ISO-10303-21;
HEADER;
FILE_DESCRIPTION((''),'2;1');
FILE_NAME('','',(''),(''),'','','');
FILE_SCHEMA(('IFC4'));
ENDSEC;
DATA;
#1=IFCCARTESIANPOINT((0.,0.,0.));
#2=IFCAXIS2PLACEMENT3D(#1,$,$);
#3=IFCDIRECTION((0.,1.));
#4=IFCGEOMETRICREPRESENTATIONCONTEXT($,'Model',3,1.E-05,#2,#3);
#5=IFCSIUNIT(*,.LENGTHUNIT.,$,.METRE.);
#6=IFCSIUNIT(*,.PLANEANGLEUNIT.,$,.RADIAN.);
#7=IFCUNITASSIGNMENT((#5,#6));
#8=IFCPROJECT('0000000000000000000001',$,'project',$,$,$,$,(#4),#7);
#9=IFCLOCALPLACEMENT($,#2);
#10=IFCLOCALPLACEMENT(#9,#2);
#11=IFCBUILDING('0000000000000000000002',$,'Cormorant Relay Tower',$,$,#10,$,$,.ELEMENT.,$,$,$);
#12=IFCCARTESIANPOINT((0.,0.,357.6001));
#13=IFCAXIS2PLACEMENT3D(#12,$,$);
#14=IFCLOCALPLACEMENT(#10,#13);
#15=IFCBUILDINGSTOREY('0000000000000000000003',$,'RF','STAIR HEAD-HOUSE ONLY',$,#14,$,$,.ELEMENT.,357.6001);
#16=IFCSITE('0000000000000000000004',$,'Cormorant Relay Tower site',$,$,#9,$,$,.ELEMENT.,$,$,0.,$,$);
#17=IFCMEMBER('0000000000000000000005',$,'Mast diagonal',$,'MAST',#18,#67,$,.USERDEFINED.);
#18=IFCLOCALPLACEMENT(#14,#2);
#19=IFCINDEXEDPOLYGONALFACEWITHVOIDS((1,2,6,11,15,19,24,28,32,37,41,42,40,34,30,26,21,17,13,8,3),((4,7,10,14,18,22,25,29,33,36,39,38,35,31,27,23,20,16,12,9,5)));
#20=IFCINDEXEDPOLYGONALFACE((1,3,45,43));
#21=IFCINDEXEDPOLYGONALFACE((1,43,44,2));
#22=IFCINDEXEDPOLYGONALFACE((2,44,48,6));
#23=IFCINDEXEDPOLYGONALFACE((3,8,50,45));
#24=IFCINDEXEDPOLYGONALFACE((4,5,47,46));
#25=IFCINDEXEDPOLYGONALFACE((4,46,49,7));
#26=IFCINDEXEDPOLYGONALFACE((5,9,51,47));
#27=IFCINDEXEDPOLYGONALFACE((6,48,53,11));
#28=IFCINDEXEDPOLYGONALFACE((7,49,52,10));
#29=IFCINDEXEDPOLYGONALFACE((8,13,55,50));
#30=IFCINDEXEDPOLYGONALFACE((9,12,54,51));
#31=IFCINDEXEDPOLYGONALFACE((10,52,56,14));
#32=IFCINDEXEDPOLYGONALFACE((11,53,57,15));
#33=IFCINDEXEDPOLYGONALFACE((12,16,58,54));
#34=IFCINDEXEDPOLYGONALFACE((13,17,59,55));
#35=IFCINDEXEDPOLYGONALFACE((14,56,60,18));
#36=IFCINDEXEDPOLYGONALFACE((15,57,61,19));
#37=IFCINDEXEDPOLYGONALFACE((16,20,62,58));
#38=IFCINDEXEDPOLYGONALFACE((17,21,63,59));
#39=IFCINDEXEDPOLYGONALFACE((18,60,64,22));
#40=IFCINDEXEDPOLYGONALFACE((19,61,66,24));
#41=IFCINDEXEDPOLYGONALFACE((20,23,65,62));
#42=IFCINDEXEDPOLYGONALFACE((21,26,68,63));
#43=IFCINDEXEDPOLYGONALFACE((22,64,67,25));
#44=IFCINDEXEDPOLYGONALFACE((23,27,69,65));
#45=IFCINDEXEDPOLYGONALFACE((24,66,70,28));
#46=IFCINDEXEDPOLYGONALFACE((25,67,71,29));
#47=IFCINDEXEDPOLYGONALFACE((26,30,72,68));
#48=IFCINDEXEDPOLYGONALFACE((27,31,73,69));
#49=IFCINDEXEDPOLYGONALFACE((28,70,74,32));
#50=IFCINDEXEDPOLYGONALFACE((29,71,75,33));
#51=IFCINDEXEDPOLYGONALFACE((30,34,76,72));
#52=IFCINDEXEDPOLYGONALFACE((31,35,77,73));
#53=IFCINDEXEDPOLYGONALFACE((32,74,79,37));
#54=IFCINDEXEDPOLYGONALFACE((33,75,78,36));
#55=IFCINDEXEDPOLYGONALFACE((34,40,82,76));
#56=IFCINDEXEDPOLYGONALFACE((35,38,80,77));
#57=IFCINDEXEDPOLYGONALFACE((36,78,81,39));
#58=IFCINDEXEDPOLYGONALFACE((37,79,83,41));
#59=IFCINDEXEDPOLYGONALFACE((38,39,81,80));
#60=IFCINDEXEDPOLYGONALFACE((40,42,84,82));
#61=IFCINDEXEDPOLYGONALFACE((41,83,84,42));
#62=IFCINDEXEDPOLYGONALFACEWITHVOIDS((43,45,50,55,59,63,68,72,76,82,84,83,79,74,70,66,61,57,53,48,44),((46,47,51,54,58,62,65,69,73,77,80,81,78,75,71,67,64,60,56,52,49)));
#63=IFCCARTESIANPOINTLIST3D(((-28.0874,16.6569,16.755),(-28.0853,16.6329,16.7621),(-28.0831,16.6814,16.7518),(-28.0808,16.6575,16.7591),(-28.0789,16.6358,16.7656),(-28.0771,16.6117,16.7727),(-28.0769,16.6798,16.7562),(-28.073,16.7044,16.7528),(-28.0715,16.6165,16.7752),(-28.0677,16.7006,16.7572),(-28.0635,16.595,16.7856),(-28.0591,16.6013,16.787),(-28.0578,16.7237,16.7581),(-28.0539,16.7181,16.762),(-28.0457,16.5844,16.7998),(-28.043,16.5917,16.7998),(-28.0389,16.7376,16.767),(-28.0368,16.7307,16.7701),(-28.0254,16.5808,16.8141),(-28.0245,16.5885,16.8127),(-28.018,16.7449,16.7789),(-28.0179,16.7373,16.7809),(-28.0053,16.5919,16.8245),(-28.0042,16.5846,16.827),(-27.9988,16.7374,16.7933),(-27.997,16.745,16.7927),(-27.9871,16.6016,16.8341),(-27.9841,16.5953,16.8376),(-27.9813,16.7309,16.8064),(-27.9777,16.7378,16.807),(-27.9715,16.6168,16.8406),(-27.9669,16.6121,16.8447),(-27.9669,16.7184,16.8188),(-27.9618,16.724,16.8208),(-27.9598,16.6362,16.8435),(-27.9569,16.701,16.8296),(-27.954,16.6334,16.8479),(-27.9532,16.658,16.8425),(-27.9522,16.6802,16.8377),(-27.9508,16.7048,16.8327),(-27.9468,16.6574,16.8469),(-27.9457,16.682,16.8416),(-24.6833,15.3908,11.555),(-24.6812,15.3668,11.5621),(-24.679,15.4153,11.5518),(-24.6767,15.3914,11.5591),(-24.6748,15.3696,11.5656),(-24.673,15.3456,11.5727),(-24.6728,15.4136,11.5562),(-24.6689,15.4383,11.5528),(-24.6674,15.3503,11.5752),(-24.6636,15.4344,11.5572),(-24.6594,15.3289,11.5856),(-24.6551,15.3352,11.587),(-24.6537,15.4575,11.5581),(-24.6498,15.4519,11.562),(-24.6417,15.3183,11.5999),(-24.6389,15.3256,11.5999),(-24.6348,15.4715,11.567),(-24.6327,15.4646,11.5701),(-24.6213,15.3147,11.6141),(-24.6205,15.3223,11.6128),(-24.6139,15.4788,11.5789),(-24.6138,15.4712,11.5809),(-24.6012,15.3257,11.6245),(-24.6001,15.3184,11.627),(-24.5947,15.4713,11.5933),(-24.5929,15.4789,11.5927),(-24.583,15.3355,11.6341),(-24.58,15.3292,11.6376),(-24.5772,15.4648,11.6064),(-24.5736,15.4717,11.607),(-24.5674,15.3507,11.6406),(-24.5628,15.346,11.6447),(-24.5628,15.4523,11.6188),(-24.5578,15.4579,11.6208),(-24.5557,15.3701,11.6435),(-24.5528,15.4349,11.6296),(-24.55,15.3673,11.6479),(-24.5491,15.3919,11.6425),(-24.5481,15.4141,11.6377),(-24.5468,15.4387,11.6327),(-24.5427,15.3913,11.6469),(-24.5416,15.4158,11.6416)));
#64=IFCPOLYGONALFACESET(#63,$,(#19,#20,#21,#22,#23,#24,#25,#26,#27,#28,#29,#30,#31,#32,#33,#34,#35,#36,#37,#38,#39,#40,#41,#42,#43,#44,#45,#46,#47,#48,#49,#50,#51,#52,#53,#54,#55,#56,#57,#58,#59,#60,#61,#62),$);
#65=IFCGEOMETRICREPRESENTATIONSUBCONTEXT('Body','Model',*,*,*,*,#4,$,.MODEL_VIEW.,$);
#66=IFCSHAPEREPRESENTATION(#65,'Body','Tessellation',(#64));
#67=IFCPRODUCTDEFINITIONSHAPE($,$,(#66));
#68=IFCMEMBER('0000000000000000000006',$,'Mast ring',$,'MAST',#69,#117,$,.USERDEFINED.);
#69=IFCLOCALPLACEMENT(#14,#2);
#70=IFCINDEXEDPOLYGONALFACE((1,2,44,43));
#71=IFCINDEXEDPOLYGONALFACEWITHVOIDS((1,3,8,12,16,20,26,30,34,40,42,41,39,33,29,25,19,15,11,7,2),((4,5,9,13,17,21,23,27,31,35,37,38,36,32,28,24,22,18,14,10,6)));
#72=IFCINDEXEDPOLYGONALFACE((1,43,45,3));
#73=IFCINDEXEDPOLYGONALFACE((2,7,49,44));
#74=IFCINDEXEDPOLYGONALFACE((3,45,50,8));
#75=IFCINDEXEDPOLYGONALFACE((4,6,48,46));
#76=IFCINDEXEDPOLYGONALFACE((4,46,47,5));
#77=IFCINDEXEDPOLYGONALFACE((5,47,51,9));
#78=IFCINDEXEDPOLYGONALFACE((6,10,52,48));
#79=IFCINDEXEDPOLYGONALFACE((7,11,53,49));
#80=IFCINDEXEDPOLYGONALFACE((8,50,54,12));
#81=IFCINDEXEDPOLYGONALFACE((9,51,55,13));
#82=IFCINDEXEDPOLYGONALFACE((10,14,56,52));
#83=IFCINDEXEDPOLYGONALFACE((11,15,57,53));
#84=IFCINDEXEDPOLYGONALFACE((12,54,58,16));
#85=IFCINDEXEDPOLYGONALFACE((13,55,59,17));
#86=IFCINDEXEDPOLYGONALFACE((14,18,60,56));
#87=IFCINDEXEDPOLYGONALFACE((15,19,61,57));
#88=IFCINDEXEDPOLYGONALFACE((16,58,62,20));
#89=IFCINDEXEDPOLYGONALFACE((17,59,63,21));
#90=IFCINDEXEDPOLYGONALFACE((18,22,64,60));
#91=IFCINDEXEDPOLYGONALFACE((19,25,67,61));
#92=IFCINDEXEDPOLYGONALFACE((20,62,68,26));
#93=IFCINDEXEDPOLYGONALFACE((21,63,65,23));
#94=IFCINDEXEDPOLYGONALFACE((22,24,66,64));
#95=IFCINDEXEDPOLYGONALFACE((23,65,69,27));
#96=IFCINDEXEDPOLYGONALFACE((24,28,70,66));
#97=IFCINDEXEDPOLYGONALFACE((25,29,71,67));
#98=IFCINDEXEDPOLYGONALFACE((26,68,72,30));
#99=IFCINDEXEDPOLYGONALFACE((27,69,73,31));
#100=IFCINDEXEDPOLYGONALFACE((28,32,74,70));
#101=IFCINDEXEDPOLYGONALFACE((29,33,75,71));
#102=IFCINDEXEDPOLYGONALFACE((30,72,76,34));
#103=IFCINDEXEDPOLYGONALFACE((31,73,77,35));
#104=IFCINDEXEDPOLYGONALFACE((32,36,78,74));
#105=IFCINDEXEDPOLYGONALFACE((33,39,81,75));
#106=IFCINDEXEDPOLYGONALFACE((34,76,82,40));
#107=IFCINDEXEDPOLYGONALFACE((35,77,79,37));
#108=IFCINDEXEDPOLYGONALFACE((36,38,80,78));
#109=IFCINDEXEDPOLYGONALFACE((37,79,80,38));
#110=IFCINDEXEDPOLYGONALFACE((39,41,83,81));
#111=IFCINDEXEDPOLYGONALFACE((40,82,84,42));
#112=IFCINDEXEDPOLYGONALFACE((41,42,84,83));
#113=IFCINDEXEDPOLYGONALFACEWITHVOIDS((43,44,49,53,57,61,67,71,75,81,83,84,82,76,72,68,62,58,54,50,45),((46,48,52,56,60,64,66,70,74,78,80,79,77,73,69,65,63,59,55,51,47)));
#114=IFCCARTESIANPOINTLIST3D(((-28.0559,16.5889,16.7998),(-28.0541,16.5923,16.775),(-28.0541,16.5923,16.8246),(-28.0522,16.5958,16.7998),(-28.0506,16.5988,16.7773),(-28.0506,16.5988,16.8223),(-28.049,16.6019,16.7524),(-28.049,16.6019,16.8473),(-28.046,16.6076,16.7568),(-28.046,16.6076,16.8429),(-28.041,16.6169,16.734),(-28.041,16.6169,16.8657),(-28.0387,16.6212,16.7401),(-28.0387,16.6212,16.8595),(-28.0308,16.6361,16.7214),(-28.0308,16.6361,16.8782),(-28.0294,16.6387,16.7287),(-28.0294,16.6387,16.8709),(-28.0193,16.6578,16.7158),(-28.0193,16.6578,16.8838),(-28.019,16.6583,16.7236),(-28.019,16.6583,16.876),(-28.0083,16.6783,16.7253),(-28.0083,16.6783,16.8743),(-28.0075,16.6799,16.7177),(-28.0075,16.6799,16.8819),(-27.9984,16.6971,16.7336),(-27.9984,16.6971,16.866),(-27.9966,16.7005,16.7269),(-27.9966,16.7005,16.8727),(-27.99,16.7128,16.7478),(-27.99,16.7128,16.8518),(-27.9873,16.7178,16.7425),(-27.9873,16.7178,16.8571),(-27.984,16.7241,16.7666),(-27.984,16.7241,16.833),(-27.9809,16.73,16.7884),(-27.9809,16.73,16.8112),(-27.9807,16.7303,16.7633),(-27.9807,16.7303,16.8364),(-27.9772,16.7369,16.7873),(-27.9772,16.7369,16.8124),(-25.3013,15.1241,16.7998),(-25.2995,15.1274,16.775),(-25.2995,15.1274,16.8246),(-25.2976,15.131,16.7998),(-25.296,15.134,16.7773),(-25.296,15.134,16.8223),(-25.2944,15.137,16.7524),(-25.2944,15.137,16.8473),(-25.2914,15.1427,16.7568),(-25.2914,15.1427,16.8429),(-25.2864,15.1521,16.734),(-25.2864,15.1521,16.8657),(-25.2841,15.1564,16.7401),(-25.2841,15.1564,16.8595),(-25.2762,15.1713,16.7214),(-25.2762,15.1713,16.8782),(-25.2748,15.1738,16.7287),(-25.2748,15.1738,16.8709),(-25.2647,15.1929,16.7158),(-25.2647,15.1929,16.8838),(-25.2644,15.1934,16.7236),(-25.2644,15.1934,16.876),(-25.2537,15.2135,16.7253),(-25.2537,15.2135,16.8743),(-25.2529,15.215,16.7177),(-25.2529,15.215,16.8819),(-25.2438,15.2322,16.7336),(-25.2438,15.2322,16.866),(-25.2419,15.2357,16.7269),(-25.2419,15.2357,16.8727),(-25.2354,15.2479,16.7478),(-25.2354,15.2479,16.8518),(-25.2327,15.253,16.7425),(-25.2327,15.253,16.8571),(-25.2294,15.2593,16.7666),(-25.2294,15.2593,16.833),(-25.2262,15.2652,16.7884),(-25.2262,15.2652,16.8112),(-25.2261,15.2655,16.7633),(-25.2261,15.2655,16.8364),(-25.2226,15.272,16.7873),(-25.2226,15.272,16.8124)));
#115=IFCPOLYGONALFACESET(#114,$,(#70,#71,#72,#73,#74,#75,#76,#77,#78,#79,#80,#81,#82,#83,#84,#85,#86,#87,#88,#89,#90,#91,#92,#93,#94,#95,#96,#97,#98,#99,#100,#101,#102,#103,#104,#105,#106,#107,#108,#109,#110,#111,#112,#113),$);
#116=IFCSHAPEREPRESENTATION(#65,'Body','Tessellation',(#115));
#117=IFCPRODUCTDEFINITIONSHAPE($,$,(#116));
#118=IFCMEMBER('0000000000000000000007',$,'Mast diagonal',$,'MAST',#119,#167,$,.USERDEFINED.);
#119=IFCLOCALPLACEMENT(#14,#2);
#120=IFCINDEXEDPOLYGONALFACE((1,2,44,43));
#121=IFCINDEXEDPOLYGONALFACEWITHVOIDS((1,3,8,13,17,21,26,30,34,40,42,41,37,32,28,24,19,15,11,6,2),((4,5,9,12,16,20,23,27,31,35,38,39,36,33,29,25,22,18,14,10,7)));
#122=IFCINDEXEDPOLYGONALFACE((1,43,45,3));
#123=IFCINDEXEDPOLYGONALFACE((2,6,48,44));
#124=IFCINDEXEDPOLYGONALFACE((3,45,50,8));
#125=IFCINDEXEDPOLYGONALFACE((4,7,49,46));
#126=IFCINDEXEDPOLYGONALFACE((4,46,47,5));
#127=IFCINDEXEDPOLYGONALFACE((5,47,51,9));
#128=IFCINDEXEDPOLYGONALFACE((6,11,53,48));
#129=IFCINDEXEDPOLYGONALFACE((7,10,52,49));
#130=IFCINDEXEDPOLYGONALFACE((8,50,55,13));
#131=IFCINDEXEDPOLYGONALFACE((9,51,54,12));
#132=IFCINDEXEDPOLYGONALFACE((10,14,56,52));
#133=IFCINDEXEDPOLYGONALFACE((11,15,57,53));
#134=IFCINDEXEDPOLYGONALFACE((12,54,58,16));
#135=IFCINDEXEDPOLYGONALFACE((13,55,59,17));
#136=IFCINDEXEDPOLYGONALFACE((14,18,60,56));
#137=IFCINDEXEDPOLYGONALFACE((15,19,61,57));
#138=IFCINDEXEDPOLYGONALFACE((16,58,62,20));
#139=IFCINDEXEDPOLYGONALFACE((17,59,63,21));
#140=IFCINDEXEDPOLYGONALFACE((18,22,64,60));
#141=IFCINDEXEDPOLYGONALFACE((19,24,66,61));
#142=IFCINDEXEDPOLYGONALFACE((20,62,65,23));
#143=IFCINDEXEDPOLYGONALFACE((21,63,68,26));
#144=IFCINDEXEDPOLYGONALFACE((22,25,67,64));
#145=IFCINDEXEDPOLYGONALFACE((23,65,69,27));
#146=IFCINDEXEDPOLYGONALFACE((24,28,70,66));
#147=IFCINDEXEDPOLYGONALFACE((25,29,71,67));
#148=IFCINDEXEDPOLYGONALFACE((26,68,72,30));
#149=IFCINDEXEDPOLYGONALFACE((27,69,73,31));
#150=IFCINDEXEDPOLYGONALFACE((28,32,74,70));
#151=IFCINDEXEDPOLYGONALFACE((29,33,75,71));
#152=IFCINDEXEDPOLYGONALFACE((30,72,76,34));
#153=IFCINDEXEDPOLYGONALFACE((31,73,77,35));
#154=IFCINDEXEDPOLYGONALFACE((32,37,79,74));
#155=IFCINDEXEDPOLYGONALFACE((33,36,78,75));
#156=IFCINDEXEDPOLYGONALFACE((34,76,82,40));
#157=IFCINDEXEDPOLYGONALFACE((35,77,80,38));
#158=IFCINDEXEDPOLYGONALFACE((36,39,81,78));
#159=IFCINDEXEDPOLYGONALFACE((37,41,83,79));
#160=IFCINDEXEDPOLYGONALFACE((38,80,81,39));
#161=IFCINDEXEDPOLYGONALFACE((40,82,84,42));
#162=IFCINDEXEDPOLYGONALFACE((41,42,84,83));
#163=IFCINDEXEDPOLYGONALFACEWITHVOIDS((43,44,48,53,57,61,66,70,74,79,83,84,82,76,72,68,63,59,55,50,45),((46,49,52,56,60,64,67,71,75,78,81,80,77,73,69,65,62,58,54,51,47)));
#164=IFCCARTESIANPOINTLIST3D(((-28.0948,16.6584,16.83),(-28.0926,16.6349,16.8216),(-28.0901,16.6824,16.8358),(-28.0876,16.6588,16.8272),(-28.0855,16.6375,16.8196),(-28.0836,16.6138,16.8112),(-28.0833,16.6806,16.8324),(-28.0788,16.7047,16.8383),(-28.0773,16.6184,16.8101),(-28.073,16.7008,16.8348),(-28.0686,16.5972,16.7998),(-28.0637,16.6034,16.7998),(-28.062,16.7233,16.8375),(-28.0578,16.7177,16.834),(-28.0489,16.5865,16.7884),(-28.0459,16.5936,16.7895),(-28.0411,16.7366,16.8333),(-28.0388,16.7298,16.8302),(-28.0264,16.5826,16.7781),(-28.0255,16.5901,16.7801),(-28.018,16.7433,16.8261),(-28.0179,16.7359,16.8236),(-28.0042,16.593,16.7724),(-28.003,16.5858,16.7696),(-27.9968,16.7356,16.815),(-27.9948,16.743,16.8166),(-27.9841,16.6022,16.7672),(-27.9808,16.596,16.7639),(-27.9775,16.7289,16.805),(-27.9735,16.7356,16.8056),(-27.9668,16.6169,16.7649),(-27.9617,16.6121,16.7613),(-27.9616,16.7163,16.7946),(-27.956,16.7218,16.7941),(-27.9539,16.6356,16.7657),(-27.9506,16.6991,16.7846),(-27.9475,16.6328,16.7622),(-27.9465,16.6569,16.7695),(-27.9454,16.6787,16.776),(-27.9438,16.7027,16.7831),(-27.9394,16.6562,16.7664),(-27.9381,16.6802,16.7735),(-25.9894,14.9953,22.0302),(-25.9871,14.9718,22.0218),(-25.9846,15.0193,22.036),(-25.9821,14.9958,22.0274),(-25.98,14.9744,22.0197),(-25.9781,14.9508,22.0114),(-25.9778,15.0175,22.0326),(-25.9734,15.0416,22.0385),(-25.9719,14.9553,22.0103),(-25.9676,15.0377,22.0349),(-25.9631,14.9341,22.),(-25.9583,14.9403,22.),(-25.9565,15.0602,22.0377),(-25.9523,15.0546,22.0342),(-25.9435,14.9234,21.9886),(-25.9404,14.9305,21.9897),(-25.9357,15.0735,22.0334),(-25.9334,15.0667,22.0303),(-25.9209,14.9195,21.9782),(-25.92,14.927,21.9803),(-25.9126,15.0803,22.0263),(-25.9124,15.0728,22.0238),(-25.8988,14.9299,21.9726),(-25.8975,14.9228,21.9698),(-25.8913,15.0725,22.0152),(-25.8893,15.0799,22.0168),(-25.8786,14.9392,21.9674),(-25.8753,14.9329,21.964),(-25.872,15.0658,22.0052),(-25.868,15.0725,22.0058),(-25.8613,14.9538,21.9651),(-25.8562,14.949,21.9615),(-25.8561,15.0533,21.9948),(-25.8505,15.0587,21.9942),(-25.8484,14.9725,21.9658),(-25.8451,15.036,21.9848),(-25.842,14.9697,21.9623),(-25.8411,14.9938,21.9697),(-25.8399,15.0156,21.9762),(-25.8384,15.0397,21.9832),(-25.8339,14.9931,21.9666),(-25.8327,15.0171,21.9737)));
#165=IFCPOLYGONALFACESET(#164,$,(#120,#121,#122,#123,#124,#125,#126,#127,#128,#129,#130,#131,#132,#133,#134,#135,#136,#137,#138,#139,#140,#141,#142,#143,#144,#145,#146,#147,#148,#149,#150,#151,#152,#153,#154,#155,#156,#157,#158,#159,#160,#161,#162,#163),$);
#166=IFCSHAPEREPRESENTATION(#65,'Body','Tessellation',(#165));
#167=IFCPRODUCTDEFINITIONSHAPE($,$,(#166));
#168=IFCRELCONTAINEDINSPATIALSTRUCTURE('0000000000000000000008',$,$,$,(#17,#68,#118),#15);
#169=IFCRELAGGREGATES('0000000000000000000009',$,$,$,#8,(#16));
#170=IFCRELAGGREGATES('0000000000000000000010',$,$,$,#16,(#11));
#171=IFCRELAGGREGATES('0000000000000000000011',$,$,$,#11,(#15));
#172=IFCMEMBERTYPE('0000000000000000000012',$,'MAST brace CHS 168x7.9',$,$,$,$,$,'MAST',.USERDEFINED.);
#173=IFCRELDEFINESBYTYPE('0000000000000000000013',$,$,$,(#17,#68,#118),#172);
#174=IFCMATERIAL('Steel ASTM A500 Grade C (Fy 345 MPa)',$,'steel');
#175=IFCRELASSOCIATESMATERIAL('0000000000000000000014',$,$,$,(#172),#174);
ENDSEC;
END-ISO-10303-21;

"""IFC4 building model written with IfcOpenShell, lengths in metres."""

from ifc_helpers import new_model, si_unit, direction, frame, origin, origin_2d, place, context, subcontext, project, spatial, hollow_circle, extrude, material, material_profile, profile_set, type_object, element, save


model = new_model("IFC4")

# Units and contexts
model_context = context("Model", 3, precision=1e-05, world=origin(), true_north=direction((0.0, 1.0)))
body_context = subcontext(model_context, "Body", "Model", "MODEL_VIEW")
ifc_project = project(units=[si_unit("LENGTHUNIT", "METRE"), si_unit("PLANEANGLEUNIT", "RADIAN")], contexts=[model_context])

# Site, building, storey
site_placement = place(None, origin())
site = spatial("IfcSite", under=ifc_project, at=site_placement, Name="Cormorant Relay Tower site", CompositionType="ELEMENT", RefElevation=0.0)
building_placement = place(site_placement, origin())
building = spatial("IfcBuilding", under=site, at=building_placement, Name="Cormorant Relay Tower", CompositionType="ELEMENT")
storey_placement = place(building_placement, frame((0.0, 0.0, 357.6001)))
storey = spatial("IfcBuildingStorey", under=building, at=storey_placement, Name="RF", Description="STAIR HEAD-HOUSE ONLY", CompositionType="ELEMENT", Elevation=357.6001)

# Members
ifc_material_1 = material(Name="Steel ASTM A500 Grade C (Fy 345 MPa)", Category="steel")
ifc_material_profile = material_profile(ifc_material_1, hollow_circle(Radius=0.0842, WallThickness=0.0078, at=origin_2d()), Name="CHS 168x7.9")
ifc_profile_set = profile_set([ifc_material_profile], Name="Steel ASTM A500 Grade C (Fy 345 MPa)")
member_type = type_object("IfcMemberType", Name="MAST brace CHS 168x7.9", ElementType="MAST", PredefinedType="USERDEFINED", material=ifc_profile_set)
member_1_placement = place(storey_placement, frame((-24.6123, 15.3972, 11.5999), z_axis=(-0.536686, 0.199617, 0.81983), x_axis=(-0.34861, -0.937268, 0.0)))
element("IfcMember", 1, at=member_1_placement, inside=storey, type_object=member_type, Name="Mast diagonal", ObjectType="MAST", PredefinedType="USERDEFINED", context=body_context, shape_type="SweptSolid", body=[
    extrude(hollow_circle(Radius=0.0842, WallThickness=0.0078, at=origin_2d()), origin(), (0.0, 0.0, 1.0), 6.3428),
])
member_2_placement = place(storey_placement, frame((-25.2617, 15.1985, 16.7998), z_axis=(-0.882924, 0.469516, 0.0), x_axis=(-0.469516, -0.882924, 0.0)))
element("IfcMember", 2, at=member_2_placement, inside=storey, type_object=member_type, Name="Mast ring", ObjectType="MAST", PredefinedType="USERDEFINED", context=body_context, shape_type="SweptSolid", body=[
    extrude(hollow_circle(Radius=0.0842, WallThickness=0.0078, at=origin_2d()), origin(), (0.0, 0.0, 1.0), 3.1199),
])
member_3_placement = place(storey_placement, frame((-25.9109, 15.0002, 22.0), z_axis=(-0.359813, 0.284212, -0.888684), x_axis=(-0.619845, -0.784724, 0.0)))
element("IfcMember", 3, at=member_3_placement, inside=storey, type_object=member_type, Name="Mast diagonal", ObjectType="MAST", PredefinedType="USERDEFINED", context=body_context, shape_type="SweptSolid", body=[
    extrude(hollow_circle(Radius=0.0842, WallThickness=0.0078, at=origin_2d()), origin(), (0.0, 0.0, 1.0), 5.8516),
])

save(model, "model.ifc")
